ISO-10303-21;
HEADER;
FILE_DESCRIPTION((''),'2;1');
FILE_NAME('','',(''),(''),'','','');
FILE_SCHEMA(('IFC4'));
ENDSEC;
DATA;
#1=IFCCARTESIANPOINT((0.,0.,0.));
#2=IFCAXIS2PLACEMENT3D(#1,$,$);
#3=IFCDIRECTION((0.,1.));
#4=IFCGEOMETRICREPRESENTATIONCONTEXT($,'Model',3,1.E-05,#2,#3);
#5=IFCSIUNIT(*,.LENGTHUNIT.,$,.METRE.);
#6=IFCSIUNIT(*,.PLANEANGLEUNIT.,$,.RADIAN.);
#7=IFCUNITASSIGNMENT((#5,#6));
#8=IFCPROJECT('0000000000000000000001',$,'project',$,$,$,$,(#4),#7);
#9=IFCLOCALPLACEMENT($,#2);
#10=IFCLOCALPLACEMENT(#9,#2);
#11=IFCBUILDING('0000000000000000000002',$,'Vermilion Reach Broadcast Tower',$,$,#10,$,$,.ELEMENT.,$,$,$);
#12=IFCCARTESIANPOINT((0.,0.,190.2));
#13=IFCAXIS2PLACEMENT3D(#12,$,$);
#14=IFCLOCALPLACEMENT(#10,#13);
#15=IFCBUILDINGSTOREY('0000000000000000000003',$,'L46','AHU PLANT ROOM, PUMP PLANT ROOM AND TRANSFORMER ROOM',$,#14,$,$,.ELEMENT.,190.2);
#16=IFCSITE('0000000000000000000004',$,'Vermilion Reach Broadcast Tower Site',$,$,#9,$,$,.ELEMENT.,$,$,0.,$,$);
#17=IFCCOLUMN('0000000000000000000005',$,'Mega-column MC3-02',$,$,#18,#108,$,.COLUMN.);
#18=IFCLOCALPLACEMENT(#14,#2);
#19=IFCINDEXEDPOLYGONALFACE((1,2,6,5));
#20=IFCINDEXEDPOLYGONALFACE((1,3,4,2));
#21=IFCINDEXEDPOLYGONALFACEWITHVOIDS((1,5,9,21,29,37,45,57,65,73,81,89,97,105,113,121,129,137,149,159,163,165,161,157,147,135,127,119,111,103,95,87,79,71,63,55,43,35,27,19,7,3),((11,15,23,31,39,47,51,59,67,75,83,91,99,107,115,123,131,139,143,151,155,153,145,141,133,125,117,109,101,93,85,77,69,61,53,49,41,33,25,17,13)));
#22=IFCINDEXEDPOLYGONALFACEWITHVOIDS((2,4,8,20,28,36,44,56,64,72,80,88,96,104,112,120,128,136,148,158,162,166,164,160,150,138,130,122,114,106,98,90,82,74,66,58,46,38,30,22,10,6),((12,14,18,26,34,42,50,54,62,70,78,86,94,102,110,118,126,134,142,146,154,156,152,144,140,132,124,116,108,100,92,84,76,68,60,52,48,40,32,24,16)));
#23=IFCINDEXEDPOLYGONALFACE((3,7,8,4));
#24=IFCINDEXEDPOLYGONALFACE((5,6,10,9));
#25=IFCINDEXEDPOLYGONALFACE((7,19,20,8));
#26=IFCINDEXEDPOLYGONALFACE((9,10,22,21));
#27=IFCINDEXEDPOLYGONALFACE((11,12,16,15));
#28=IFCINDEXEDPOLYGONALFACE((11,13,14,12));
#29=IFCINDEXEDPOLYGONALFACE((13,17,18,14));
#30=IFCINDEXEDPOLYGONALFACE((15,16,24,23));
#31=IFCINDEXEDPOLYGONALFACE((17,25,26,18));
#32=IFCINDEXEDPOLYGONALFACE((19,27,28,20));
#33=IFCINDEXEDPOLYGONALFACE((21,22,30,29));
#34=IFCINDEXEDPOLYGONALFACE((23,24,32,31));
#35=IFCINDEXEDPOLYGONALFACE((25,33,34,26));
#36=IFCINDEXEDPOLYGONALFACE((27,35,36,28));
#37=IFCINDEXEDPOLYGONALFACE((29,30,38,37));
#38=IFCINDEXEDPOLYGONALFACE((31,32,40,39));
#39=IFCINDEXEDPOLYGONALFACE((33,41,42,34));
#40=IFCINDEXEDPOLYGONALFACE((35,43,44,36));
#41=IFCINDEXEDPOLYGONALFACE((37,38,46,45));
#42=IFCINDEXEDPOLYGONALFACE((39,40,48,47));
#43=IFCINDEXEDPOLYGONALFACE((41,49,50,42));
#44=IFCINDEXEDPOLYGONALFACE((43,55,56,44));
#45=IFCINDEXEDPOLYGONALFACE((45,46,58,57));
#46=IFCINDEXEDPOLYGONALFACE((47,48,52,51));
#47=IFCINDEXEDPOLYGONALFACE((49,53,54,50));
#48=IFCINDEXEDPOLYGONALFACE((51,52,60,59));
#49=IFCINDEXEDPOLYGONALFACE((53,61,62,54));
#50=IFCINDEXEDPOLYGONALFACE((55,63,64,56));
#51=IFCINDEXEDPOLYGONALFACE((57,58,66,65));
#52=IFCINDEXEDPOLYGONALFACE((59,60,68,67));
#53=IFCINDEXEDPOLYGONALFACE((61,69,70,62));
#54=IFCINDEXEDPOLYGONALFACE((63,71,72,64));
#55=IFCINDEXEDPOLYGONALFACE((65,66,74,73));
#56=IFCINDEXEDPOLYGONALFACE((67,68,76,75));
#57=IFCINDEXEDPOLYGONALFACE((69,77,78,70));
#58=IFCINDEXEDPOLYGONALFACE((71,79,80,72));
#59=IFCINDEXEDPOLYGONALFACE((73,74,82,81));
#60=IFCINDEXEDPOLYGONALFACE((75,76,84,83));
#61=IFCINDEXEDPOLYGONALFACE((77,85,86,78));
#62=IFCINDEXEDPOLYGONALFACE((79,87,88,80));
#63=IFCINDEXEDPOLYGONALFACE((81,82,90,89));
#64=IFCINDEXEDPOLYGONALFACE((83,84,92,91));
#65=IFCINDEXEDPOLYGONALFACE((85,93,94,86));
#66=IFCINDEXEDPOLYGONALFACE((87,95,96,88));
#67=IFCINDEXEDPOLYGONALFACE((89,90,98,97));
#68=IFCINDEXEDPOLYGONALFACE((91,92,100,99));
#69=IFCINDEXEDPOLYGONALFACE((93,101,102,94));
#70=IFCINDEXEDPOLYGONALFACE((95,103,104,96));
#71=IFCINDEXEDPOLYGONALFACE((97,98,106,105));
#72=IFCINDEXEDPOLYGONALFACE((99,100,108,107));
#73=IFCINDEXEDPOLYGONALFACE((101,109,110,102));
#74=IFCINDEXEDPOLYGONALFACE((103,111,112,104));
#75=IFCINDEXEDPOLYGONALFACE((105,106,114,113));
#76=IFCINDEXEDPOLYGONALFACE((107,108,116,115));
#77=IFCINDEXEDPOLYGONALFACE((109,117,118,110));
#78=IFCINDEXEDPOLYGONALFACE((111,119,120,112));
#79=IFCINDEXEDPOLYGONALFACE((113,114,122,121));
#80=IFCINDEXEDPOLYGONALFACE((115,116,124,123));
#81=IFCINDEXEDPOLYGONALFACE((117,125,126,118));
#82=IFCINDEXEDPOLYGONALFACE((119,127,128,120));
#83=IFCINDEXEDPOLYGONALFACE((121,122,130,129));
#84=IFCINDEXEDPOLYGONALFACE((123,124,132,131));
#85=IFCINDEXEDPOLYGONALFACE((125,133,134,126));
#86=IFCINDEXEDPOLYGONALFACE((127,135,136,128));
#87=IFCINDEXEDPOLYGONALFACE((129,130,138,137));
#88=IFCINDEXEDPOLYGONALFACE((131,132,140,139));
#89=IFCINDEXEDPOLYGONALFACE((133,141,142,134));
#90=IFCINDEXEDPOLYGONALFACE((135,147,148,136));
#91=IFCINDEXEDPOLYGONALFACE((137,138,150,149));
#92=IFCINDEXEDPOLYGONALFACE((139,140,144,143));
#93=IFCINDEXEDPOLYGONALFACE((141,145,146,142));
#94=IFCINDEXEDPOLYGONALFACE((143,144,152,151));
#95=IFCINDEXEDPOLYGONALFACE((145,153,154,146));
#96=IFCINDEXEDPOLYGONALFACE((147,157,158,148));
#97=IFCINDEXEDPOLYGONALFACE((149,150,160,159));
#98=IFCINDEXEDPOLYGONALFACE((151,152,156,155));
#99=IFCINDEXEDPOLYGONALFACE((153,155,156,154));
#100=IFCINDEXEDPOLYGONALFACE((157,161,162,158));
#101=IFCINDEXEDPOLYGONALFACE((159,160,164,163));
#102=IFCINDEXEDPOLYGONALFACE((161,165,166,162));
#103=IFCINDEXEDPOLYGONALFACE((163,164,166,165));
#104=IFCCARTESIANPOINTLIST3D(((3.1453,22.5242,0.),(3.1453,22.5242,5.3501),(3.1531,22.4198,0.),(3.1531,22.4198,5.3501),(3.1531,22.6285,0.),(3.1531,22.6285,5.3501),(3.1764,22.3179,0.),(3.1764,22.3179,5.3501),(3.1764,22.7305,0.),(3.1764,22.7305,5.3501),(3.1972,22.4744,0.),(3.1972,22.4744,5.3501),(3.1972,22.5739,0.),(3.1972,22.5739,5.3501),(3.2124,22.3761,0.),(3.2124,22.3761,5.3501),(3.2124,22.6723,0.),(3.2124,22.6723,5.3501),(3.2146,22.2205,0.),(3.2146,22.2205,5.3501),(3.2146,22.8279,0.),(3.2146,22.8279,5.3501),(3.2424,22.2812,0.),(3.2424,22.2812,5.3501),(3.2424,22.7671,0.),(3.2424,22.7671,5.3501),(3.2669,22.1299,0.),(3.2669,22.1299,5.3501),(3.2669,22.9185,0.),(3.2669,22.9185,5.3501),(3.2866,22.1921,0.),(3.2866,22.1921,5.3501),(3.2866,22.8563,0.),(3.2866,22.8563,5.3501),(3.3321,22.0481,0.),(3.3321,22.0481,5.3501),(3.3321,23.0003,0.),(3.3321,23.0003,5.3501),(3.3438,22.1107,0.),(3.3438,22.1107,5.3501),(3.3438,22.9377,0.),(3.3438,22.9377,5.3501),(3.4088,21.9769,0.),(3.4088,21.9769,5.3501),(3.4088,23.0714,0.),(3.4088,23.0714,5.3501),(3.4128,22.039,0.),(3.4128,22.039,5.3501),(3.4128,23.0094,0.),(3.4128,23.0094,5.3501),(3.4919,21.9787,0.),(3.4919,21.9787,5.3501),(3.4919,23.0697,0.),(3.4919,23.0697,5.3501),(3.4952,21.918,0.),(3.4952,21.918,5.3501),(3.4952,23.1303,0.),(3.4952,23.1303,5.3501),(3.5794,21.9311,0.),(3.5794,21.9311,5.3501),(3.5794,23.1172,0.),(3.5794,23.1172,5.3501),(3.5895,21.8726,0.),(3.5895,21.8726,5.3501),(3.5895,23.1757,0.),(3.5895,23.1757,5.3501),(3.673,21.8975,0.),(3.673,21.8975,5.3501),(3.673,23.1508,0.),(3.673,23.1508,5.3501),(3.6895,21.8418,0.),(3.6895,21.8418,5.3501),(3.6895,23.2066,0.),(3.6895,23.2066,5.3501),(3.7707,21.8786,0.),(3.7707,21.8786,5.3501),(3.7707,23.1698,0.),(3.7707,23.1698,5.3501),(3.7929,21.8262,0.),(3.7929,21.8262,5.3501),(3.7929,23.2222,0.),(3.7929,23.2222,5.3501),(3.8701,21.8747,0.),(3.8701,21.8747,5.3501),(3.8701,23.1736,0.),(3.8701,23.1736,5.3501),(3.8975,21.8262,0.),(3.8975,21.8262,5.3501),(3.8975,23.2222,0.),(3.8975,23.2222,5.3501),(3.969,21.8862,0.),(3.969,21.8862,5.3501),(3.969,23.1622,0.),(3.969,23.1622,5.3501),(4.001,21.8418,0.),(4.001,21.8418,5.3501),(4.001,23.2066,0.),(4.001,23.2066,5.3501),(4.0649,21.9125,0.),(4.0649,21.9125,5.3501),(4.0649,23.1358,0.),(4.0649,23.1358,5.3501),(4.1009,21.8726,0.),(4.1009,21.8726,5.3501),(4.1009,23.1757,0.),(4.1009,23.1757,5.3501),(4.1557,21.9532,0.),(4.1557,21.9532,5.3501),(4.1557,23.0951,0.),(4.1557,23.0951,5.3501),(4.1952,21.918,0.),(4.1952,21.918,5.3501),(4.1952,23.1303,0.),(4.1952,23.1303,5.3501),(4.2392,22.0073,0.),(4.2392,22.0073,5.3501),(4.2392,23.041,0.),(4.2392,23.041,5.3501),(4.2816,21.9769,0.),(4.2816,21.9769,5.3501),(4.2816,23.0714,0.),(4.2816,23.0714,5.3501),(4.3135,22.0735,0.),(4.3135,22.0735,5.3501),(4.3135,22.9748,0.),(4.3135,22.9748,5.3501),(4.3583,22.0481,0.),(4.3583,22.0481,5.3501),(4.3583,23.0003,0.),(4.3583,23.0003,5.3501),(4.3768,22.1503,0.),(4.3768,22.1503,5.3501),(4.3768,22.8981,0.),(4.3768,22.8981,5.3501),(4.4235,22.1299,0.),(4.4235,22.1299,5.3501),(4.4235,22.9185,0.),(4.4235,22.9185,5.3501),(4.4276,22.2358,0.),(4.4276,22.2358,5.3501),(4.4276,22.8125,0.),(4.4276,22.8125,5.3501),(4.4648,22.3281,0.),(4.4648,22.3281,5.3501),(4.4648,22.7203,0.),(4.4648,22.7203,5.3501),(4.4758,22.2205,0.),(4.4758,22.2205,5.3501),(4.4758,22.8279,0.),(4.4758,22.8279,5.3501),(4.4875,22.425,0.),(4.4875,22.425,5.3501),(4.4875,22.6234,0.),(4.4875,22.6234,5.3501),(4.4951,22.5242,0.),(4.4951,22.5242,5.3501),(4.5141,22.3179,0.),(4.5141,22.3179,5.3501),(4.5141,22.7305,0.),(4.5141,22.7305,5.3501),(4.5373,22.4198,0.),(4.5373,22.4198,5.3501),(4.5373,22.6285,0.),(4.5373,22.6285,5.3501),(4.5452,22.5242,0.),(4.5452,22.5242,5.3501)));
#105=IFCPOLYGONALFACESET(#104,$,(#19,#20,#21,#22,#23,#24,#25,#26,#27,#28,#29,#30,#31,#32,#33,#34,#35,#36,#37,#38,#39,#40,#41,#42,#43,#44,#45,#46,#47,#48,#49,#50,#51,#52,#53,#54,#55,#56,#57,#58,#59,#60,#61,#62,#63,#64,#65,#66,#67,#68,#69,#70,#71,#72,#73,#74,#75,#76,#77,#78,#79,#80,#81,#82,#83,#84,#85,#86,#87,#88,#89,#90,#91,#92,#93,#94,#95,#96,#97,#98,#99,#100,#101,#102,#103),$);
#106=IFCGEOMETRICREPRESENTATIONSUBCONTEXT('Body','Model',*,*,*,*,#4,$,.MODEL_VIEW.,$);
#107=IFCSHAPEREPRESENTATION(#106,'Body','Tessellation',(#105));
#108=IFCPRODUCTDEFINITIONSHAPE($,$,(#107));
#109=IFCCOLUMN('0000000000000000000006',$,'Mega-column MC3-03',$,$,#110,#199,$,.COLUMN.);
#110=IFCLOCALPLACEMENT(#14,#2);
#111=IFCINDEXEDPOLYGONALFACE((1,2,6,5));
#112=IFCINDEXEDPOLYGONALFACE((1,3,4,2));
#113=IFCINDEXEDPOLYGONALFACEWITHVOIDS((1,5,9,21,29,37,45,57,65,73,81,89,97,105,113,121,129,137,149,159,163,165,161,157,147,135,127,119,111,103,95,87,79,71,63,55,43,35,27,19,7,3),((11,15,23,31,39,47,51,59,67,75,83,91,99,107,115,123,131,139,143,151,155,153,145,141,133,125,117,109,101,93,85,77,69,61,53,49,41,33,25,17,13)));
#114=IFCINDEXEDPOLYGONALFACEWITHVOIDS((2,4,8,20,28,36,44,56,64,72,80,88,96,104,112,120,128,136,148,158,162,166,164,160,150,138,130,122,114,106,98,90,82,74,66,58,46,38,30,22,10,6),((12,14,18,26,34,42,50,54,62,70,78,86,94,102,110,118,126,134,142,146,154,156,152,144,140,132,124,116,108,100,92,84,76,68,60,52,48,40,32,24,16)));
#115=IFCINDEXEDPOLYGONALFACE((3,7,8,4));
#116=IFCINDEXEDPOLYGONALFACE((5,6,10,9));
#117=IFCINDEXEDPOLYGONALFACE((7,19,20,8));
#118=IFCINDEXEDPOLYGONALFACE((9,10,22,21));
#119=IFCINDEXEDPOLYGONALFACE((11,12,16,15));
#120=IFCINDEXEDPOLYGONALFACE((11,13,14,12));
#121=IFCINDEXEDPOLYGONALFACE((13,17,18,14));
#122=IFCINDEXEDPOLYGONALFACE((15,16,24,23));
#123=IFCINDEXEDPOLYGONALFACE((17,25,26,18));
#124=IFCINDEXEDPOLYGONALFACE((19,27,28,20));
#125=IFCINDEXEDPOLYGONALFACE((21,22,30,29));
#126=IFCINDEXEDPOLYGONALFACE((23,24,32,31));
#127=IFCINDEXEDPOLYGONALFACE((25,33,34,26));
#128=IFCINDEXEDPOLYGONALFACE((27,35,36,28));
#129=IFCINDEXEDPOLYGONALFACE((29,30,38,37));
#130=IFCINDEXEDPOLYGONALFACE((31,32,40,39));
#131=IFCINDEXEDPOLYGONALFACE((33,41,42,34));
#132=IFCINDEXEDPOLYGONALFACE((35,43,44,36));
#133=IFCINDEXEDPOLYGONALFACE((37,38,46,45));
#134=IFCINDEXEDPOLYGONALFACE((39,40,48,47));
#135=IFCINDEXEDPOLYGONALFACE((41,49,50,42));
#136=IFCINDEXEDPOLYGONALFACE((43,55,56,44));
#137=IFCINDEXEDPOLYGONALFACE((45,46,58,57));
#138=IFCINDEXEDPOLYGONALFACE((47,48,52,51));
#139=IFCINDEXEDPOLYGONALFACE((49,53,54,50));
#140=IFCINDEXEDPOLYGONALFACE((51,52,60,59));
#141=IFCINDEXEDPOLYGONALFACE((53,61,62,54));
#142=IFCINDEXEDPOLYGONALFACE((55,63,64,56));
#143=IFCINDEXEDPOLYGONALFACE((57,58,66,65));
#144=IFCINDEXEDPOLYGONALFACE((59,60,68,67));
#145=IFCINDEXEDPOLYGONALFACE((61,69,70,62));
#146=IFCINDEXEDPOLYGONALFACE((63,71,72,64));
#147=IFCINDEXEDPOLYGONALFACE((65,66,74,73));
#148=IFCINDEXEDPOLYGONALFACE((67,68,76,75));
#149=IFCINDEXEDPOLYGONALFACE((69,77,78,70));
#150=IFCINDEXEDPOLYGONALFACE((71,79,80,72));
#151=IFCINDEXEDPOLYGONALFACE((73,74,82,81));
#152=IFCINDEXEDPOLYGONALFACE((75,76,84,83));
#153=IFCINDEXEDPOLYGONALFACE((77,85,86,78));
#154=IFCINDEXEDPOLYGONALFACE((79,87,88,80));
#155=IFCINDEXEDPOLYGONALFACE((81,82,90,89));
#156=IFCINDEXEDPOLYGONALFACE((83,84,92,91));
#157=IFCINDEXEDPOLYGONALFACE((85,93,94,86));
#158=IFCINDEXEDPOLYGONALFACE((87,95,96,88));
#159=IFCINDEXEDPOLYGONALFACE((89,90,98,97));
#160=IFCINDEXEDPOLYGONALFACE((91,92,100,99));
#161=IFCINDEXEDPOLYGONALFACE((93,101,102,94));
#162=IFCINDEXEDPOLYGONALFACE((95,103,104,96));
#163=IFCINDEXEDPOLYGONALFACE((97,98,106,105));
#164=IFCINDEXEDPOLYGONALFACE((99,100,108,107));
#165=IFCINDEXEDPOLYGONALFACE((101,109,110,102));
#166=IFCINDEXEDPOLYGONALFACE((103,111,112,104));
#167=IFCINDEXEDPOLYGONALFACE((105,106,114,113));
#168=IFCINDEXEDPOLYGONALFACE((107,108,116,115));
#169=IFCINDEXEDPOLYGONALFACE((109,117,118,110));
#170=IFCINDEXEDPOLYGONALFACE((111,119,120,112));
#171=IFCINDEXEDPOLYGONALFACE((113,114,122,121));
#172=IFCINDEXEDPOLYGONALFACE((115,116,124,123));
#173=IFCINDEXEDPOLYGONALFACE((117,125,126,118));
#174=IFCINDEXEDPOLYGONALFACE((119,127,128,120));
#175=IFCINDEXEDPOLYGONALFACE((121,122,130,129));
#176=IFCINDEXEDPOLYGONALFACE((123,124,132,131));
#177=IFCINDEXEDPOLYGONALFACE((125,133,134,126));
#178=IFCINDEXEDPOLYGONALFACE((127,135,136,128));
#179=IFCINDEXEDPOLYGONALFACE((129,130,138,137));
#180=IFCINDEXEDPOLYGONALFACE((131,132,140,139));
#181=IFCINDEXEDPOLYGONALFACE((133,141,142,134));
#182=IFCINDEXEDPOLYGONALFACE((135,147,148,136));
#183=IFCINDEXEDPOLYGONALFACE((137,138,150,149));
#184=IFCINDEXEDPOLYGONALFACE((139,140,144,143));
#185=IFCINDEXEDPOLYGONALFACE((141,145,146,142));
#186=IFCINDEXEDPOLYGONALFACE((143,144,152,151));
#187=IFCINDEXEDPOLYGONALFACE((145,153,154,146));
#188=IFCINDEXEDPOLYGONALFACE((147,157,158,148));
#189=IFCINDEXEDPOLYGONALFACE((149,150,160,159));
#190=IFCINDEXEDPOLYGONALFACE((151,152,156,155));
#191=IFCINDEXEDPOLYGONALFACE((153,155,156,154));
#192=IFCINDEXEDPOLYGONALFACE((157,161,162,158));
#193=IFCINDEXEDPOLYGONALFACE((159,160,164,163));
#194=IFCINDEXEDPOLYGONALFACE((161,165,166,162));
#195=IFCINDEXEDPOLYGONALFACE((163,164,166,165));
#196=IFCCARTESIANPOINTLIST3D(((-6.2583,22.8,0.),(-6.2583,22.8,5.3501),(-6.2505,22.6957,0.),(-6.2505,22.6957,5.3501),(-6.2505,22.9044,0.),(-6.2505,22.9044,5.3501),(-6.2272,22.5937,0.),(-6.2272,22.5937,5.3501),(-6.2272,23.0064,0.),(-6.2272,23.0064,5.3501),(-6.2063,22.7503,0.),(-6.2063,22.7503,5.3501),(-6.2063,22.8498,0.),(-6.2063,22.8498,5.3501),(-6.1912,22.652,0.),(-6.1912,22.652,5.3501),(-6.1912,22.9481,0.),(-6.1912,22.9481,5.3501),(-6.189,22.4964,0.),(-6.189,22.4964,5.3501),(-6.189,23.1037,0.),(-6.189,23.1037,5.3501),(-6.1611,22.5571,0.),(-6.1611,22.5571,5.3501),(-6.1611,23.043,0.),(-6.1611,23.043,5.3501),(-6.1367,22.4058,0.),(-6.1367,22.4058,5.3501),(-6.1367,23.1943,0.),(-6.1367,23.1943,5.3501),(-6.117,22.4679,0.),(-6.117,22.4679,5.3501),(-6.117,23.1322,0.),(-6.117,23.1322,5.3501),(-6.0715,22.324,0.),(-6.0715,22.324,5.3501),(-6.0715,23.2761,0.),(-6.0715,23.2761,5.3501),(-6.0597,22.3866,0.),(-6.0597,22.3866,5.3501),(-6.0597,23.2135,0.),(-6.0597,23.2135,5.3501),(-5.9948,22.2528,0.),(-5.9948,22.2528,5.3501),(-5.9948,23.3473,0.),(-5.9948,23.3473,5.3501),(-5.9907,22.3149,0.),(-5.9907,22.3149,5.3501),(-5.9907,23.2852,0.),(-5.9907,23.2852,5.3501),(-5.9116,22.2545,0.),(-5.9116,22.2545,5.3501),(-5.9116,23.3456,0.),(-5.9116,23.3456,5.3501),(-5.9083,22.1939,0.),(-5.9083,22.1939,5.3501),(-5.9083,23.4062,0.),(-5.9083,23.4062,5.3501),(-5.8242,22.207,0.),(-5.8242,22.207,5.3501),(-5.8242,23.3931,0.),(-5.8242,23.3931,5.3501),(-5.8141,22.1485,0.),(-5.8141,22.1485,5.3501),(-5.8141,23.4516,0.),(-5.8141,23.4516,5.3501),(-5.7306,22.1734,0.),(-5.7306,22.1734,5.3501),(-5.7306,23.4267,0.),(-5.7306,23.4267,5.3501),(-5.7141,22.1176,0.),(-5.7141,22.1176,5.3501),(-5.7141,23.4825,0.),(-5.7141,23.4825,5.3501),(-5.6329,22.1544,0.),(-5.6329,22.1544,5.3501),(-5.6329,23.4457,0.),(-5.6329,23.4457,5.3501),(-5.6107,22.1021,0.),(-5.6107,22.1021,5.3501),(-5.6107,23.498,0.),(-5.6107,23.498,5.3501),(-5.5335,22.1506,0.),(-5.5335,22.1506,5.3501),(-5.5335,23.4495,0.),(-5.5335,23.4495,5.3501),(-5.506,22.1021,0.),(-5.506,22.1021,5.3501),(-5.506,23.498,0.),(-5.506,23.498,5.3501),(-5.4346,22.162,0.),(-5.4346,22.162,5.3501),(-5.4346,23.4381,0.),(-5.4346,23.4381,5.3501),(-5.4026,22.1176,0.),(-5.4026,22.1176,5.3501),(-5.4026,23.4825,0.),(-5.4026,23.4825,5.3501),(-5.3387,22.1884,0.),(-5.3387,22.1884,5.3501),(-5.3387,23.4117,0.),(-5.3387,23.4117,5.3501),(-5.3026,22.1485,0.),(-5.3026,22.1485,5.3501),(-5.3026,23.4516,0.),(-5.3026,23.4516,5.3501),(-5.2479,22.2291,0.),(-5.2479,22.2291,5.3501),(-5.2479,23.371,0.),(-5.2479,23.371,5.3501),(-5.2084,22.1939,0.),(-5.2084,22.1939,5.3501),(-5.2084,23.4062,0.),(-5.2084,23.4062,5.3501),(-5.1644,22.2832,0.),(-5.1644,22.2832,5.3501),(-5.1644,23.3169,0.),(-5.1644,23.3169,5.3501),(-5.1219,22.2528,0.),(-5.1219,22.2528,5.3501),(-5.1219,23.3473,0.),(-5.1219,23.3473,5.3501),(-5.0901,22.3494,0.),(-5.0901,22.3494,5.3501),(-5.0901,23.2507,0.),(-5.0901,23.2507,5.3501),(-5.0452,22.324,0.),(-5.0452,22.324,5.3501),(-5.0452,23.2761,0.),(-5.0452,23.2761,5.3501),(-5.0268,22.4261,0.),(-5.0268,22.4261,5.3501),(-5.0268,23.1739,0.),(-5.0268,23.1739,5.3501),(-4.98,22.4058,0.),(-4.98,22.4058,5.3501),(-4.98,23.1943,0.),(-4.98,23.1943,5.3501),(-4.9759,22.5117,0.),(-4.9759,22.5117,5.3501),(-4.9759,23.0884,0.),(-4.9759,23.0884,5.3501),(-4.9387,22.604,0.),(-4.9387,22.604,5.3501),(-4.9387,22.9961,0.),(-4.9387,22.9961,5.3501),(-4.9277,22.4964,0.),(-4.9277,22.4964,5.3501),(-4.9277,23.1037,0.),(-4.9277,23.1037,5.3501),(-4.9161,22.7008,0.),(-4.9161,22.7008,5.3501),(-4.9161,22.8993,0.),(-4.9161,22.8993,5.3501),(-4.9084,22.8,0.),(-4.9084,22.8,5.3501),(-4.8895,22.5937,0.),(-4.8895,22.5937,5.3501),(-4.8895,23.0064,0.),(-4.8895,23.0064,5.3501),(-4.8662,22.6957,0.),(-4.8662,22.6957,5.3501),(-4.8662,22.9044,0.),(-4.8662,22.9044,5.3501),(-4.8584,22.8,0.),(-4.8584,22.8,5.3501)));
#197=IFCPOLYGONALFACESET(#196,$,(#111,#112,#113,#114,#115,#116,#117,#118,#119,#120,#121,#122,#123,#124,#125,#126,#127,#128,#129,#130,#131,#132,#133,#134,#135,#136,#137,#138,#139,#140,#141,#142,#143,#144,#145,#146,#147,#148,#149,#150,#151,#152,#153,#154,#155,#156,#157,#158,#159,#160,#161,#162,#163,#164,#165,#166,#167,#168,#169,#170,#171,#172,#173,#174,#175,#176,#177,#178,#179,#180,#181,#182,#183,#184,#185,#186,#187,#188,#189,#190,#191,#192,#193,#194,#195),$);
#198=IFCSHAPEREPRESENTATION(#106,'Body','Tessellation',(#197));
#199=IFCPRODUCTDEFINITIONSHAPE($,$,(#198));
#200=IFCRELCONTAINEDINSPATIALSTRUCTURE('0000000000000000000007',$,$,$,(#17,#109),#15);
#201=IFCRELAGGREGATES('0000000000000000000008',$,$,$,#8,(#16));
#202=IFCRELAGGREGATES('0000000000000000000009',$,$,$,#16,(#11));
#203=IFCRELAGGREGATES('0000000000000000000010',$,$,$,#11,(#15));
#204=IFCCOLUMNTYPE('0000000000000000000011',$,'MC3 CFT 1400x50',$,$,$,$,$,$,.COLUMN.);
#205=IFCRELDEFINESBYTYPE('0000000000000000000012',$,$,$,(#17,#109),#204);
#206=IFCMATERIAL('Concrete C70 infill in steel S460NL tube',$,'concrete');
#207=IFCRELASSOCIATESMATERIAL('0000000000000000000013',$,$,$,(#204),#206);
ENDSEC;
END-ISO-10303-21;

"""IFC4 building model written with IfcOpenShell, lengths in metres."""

from ifc_helpers import new_model, si_unit, direction, frame, origin, origin_2d, place, context, subcontext, project, spatial, hollow_circle, extrude, material, material_profile, profile_set, type_object, element, save


model = new_model("IFC4")

# Units and contexts
model_context = context("Model", 3, precision=1e-05, world=origin(), true_north=direction((0.0, 1.0)))
body_context = subcontext(model_context, "Body", "Model", "MODEL_VIEW")
ifc_project = project(units=[si_unit("LENGTHUNIT", "METRE"), si_unit("PLANEANGLEUNIT", "RADIAN")], contexts=[model_context])

# Site, building, storey
site_placement = place(None, origin())
site = spatial("IfcSite", under=ifc_project, at=site_placement, Name="Vermilion Reach Broadcast Tower Site", CompositionType="ELEMENT", RefElevation=0.0)
building_placement = place(site_placement, origin())
building = spatial("IfcBuilding", under=site, at=building_placement, Name="Vermilion Reach Broadcast Tower", CompositionType="ELEMENT")
storey_placement = place(building_placement, frame((0.0, 0.0, 190.2)))
storey = spatial("IfcBuildingStorey", under=building, at=storey_placement, Name="L46", Description="AHU PLANT ROOM, PUMP PLANT ROOM AND TRANSFORMER ROOM", CompositionType="ELEMENT", Elevation=190.2)

# Columns
ifc_material_1 = material(Name="Concrete C70 infill in steel S460NL tube", Category="concrete")
ifc_material_profile_1 = material_profile(ifc_material_1, hollow_circle(Radius=0.7, WallThickness=0.05, at=origin_2d()), Name="Concrete C70 infill in steel S460NL tube CFT 1400x50")
ifc_profile_set_1 = profile_set([ifc_material_profile_1], Name="Concrete C70 infill in steel S460NL tube")
column_type = type_object("IfcColumnType", Name="MC3 CFT 1400x50", PredefinedType="COLUMN", material=ifc_profile_set_1)
for number, where, z_axis, x_axis, name in (
    (1, (3.8452, 22.5242, 0.0), (0.0, 0.0, 1.0), (1.0, 0.0, 0.0), "Mega-column MC3-02"),
    (2, (-5.5583, 22.8, 0.0), (0.0, 0.0, 1.0), (1.0, 0.0, 0.0), "Mega-column MC3-03"),
):
    element("IfcColumn", number, at=place(storey_placement, frame(where, z_axis=z_axis, x_axis=x_axis)), inside=storey, type_object=column_type, Name=name, PredefinedType="COLUMN", context=body_context, shape_type="SweptSolid", body=[
        extrude(hollow_circle(Radius=0.7, WallThickness=0.05, at=origin_2d()), origin(), (0.0, 0.0, 1.0), 5.3501),
    ])

save(model, "model.ifc")
